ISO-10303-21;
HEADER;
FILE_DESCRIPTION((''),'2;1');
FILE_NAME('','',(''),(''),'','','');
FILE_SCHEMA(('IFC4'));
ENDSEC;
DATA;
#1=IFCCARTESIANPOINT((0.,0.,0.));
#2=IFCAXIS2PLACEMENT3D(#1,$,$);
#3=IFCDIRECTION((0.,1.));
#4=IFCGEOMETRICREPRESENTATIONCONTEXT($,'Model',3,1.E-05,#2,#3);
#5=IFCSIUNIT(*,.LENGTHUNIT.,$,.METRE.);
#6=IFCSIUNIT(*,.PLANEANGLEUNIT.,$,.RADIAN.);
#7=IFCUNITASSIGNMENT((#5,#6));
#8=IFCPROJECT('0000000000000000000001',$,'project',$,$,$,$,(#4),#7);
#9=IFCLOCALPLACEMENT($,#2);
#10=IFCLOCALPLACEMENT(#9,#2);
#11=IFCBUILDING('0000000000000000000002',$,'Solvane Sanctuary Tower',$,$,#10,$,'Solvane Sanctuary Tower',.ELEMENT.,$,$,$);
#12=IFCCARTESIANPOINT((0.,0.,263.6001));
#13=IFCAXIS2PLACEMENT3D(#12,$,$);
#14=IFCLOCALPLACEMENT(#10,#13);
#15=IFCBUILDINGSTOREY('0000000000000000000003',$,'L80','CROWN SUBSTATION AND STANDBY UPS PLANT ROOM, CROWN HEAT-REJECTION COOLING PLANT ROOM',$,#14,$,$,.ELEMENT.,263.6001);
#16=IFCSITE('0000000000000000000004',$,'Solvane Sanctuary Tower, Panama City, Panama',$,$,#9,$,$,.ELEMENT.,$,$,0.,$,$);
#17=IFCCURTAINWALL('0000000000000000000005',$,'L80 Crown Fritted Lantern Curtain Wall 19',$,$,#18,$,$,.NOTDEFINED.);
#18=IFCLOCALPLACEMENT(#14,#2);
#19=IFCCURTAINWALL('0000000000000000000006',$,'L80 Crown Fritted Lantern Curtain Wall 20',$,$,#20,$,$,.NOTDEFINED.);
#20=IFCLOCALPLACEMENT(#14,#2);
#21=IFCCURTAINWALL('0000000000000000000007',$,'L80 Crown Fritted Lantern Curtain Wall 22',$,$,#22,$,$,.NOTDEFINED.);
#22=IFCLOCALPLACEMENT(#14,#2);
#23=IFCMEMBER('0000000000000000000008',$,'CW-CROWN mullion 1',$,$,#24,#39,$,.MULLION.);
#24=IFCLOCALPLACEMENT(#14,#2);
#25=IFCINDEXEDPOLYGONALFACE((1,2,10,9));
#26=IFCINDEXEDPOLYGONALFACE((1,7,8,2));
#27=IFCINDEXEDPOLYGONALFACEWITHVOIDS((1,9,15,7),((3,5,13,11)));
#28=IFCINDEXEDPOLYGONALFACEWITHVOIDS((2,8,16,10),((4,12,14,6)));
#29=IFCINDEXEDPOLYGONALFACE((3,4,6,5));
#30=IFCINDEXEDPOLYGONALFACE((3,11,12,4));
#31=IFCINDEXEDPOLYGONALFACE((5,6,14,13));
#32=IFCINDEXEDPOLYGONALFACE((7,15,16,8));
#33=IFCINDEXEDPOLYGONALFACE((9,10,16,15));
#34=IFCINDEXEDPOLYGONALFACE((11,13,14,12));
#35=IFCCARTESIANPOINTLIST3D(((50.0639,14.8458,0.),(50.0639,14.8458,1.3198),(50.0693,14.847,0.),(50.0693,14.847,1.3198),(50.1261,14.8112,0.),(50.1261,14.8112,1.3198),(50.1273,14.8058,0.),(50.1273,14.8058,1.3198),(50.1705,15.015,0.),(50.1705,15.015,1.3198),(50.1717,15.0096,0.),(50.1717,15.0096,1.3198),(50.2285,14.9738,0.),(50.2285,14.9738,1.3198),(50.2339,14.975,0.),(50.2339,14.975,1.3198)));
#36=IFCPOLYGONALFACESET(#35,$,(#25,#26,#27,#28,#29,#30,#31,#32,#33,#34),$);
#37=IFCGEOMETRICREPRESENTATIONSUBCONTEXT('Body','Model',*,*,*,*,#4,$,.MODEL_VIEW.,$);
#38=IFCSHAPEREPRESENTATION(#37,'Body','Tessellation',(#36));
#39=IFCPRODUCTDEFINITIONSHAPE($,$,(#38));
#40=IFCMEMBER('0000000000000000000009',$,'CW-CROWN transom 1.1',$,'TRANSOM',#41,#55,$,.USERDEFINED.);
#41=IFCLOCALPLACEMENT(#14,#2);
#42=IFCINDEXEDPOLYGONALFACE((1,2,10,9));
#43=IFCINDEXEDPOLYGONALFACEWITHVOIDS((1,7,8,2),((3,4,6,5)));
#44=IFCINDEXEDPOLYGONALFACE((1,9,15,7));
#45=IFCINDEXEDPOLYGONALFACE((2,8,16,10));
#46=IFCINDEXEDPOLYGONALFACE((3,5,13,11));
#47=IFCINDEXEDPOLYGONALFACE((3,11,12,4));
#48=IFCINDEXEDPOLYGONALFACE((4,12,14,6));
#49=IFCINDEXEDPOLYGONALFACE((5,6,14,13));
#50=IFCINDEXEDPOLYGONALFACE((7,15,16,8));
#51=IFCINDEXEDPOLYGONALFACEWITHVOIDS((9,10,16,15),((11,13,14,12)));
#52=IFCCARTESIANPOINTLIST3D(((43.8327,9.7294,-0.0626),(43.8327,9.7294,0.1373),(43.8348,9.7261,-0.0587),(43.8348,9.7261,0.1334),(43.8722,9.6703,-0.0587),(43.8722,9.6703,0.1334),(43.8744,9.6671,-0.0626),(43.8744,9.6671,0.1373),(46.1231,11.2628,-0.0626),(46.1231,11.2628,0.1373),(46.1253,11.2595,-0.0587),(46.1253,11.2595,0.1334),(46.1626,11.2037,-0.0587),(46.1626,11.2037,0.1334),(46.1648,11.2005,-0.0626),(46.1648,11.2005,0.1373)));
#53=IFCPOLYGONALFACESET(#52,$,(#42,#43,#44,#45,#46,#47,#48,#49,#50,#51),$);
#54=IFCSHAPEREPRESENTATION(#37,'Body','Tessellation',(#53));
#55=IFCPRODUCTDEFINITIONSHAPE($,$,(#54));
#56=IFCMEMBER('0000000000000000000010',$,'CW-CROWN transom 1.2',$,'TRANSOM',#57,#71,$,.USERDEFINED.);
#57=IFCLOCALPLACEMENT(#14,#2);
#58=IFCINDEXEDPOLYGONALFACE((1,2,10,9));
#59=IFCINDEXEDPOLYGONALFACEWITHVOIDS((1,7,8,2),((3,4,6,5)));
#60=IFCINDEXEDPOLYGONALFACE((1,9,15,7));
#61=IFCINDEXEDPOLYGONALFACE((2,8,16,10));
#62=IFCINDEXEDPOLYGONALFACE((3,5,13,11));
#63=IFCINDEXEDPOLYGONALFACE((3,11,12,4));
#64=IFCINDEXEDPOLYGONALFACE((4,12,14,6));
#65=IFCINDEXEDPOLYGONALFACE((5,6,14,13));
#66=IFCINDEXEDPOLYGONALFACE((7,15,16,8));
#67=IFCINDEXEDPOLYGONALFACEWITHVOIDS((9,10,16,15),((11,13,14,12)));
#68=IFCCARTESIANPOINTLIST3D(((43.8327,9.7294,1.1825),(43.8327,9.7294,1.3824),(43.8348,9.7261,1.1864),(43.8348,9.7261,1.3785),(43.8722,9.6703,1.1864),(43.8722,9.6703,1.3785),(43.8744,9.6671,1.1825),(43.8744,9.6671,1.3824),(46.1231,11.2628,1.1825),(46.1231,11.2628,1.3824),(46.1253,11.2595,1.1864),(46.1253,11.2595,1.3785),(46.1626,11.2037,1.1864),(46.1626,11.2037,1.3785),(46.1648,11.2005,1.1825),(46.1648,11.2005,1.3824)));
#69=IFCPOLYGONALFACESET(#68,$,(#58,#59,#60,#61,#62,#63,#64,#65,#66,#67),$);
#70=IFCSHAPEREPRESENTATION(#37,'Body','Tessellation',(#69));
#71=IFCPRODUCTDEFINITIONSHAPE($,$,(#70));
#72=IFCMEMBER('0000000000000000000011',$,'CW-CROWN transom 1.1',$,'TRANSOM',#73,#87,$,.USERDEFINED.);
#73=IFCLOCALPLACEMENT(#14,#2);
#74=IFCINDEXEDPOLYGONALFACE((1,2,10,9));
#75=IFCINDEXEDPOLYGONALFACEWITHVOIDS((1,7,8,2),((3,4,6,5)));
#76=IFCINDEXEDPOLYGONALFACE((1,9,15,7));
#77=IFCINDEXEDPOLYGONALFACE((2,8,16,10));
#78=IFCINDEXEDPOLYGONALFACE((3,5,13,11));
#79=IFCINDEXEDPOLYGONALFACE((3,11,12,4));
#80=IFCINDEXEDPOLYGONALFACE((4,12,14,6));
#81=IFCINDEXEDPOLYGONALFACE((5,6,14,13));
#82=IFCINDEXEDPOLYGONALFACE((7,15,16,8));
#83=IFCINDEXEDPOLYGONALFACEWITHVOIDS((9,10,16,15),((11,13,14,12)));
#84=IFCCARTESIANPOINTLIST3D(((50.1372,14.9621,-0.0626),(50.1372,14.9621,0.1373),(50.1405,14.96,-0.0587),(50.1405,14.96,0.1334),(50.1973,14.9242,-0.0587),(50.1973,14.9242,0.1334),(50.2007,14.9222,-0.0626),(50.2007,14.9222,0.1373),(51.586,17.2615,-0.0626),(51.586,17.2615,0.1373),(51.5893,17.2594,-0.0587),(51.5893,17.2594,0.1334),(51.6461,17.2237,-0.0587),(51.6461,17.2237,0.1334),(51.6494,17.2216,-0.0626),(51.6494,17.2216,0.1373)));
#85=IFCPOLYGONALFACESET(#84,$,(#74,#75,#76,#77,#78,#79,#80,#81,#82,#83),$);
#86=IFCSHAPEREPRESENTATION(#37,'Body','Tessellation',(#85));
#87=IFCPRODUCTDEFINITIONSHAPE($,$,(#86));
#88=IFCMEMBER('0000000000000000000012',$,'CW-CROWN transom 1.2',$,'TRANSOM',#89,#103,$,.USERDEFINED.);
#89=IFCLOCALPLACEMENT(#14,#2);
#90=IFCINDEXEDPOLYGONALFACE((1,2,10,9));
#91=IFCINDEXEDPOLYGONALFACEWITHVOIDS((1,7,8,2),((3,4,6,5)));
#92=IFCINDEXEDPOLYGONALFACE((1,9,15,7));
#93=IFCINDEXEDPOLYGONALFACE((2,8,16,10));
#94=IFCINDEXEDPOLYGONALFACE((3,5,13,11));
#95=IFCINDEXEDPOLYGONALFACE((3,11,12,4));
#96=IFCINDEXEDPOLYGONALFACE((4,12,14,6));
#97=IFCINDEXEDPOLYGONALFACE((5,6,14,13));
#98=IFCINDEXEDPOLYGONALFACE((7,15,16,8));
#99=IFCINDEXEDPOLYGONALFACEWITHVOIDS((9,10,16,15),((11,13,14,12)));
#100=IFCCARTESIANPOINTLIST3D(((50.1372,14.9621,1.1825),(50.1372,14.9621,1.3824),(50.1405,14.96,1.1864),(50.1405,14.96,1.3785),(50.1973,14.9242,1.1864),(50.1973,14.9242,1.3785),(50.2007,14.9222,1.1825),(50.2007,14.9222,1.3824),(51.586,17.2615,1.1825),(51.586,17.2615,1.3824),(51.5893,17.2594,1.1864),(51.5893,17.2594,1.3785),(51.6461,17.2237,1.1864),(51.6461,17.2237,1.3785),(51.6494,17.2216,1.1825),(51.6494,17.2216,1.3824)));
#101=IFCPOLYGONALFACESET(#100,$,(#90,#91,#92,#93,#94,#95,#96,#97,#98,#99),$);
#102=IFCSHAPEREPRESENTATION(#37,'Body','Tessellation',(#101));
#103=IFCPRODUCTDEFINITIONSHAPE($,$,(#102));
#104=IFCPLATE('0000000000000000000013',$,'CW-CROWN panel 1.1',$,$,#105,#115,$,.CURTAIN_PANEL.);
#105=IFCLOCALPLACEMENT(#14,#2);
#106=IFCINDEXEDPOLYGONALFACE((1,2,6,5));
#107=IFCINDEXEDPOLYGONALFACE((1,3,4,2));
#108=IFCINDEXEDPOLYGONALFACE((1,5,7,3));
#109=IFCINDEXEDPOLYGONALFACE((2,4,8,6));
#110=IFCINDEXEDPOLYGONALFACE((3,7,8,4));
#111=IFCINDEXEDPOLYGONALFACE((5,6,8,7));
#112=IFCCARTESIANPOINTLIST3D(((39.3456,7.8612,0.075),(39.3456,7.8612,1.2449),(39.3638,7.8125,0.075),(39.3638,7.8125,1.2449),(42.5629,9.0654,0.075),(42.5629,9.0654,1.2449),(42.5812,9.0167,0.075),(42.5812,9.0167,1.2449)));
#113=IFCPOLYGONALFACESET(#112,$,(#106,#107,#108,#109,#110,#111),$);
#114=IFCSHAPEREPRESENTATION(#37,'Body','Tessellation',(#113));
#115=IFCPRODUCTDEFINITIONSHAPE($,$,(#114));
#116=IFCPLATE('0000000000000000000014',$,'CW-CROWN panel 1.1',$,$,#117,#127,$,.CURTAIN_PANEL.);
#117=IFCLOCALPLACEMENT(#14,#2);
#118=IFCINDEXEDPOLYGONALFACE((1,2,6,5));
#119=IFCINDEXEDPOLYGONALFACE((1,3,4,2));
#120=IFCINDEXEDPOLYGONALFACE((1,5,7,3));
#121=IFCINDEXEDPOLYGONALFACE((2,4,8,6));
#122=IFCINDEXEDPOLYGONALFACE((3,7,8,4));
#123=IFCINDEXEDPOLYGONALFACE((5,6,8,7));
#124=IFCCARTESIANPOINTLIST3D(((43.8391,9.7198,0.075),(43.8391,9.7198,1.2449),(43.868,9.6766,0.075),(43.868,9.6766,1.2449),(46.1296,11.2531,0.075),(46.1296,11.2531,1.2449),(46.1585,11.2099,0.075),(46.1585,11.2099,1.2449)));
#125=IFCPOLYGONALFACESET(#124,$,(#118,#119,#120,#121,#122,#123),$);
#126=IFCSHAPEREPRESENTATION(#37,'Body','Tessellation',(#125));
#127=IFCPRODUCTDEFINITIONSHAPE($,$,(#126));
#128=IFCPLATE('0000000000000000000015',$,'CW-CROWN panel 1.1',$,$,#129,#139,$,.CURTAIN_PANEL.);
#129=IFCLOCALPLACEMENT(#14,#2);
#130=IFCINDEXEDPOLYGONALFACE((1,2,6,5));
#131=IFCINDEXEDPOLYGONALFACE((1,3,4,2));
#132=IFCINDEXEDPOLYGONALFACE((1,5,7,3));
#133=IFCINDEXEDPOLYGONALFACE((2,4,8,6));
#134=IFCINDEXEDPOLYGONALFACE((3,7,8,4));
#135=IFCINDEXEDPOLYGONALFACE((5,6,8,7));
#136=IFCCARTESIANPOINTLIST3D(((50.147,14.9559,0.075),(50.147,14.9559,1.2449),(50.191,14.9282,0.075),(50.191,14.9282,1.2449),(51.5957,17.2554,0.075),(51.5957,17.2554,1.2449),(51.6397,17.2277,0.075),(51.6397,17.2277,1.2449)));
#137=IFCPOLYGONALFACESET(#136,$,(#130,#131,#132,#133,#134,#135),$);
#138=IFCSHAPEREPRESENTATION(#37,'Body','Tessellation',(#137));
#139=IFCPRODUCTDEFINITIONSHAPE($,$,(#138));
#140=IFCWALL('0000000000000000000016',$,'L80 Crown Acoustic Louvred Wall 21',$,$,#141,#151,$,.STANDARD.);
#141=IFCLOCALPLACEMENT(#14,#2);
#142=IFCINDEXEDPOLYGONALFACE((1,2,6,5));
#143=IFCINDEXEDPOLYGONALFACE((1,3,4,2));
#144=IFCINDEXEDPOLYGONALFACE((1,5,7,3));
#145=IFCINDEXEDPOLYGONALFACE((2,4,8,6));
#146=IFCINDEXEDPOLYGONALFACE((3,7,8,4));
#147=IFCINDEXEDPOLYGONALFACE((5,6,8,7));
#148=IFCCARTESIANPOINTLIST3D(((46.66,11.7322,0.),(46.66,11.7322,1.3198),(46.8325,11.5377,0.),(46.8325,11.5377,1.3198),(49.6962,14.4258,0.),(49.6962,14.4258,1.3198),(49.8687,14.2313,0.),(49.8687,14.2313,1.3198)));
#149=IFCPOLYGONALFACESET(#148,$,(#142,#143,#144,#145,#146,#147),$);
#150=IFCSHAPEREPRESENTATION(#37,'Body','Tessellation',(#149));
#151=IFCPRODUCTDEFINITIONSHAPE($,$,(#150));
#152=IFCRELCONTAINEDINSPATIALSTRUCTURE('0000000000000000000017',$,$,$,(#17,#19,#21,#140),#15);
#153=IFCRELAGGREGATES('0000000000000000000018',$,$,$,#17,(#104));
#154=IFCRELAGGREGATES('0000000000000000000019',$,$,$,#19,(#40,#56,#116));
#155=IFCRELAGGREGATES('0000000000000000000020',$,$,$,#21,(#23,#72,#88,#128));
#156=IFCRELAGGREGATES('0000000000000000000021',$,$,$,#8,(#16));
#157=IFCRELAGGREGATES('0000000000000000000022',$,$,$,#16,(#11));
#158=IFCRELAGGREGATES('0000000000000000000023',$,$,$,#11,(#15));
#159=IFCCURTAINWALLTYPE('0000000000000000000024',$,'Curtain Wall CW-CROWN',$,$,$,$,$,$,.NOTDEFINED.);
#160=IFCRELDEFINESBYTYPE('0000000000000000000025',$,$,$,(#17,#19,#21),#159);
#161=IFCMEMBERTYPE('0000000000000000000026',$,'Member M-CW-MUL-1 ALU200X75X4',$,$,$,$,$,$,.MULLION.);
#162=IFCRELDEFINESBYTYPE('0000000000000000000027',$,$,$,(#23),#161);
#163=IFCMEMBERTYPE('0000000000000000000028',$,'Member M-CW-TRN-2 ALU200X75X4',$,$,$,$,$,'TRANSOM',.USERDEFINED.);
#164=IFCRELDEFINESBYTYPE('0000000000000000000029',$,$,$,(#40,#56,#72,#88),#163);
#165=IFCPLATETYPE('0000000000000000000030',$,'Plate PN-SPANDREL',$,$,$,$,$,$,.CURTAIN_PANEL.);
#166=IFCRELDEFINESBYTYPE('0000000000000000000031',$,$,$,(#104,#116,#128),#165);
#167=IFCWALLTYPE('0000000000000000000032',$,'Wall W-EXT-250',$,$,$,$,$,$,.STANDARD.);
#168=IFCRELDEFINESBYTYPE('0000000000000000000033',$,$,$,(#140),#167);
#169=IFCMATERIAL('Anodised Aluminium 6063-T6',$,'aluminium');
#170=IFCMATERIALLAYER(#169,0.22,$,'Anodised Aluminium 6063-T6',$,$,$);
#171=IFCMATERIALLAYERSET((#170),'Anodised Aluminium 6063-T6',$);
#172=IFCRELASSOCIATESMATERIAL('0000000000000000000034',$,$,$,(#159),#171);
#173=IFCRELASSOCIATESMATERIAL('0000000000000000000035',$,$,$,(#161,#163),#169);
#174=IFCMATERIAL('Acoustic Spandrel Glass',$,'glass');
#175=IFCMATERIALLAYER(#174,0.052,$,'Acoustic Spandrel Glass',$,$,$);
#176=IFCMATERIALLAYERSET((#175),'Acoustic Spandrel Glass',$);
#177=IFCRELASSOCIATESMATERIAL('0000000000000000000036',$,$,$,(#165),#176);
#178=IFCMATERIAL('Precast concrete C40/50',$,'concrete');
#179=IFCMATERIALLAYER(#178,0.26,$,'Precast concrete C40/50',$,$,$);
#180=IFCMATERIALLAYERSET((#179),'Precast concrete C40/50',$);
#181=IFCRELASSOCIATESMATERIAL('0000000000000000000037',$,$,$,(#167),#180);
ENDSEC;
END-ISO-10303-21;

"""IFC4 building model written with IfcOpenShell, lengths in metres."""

from ifc_helpers import new_model, si_unit, direction, frame, frame_2d, origin, origin_2d, place, context, subcontext, project, spatial, rectangle, hollow_rectangle, extrude, material, layer, layer_set, material_profile, profile_set, type_object, element, aggregate, save


model = new_model("IFC4")

# Units and contexts
model_context = context("Model", 3, precision=1e-05, world=origin(), true_north=direction((0.0, 1.0)))
body_context = subcontext(model_context, "Body", "Model", "MODEL_VIEW")
ifc_project = project(units=[si_unit("LENGTHUNIT", "METRE"), si_unit("PLANEANGLEUNIT", "RADIAN")], contexts=[model_context])

# Site, building, storey
site_placement = place(None, origin())
site = spatial("IfcSite", under=ifc_project, at=site_placement, Name="Solvane Sanctuary Tower, Panama City, Panama", CompositionType="ELEMENT", RefElevation=0.0)
building_placement = place(site_placement, origin())
building = spatial("IfcBuilding", under=site, at=building_placement, Name="Solvane Sanctuary Tower", LongName="Solvane Sanctuary Tower", CompositionType="ELEMENT")
storey_placement = place(building_placement, frame((0.0, 0.0, 263.6001)))
storey = spatial("IfcBuildingStorey", under=building, at=storey_placement, Name="L80", Description="CROWN SUBSTATION AND STANDBY UPS PLANT ROOM, CROWN HEAT-REJECTION COOLING PLANT ROOM", CompositionType="ELEMENT", Elevation=263.6001)

# Curtain wall
ifc_material_1 = material(Name="Anodised Aluminium 6063-T6", Category="aluminium")
ifc_layer_1 = layer(ifc_material_1, 0.22, Name="Anodised Aluminium 6063-T6")
ifc_layer_set_1 = layer_set([ifc_layer_1], Name="Anodised Aluminium 6063-T6")
curtain_wall_type = type_object("IfcCurtainWallType", Name="Curtain Wall CW-CROWN", PredefinedType="NOTDEFINED", material=ifc_layer_set_1)
curtain_wall_1_placement = place(storey_placement, origin())
curtain_wall_1 = element("IfcCurtainWall", 1, at=curtain_wall_1_placement, inside=storey, type_object=curtain_wall_type, Name="L80 Crown Fritted Lantern Curtain Wall 19", PredefinedType="NOTDEFINED")
ifc_material_profile_1 = material_profile(ifc_material_1, hollow_rectangle(XDim=0.075, YDim=0.2, WallThickness=0.0039, at=origin_2d()), Name="ALU200X75X4")
ifc_profile_set_1 = profile_set([ifc_material_profile_1], Name="Anodised Aluminium 6063-T6")
member_type_1 = type_object("IfcMemberType", Name="Member M-CW-MUL-1 ALU200X75X4", PredefinedType="MULLION", material=ifc_profile_set_1)

# Curtain wall
curtain_wall_2_placement = place(storey_placement, origin())
curtain_wall_2 = element("IfcCurtainWall", 2, at=curtain_wall_2_placement, inside=storey, type_object=curtain_wall_type, Name="L80 Crown Fritted Lantern Curtain Wall 20", PredefinedType="NOTDEFINED")

# Curtain wall, member
curtain_wall_3_placement = place(storey_placement, origin())
curtain_wall_3 = element("IfcCurtainWall", 3, at=curtain_wall_3_placement, inside=storey, type_object=curtain_wall_type, Name="L80 Crown Fritted Lantern Curtain Wall 22", PredefinedType="NOTDEFINED")
member_1_placement = place(storey_placement, frame((50.1489, 14.9104, 0.0), z_axis=(0.0, 0.0, 1.0), x_axis=(-0.846087, 0.533045, 0.0)))
member_1 = element("IfcMember", 4, at=member_1_placement, type_object=member_type_1, Name="CW-CROWN mullion 1", PredefinedType="MULLION", context=body_context, shape_type="SweptSolid", body=[
    extrude(hollow_rectangle(XDim=0.075, YDim=0.2, WallThickness=0.0039, at=origin_2d()), origin(), (0.0, 0.0, 1.0), 1.3198),
])

# Members
ifc_material_profile_2 = material_profile(ifc_material_1, hollow_rectangle(XDim=0.075, YDim=0.2, WallThickness=0.0039, at=origin_2d()), Name="ALU200X75X4")
ifc_profile_set_2 = profile_set([ifc_material_profile_2], Name="Anodised Aluminium 6063-T6")
member_type_2 = type_object("IfcMemberType", Name="Member M-CW-TRN-2 ALU200X75X4", ElementType="TRANSOM", PredefinedType="USERDEFINED", material=ifc_profile_set_2)
member_2_placement = place(storey_placement, frame((43.8535, 9.6982, 0.0374), z_axis=(0.830972, 0.556314, 0.0), x_axis=(-0.556314, 0.830972, 0.0)))
member_2 = element("IfcMember", 5, at=member_2_placement, type_object=member_type_2, Name="CW-CROWN transom 1.1", ObjectType="TRANSOM", PredefinedType="USERDEFINED", context=body_context, shape_type="SweptSolid", body=[
    extrude(hollow_rectangle(XDim=0.075, YDim=0.2, WallThickness=0.0039, at=origin_2d()), origin(), (0.0, 0.0, 1.0), 2.7563),
])
member_3_placement = place(storey_placement, frame((43.8535, 9.6982, 1.2825), z_axis=(0.830972, 0.556314, 0.0), x_axis=(-0.556314, 0.830972, 0.0)))
member_3 = element("IfcMember", 6, at=member_3_placement, type_object=member_type_2, Name="CW-CROWN transom 1.2", ObjectType="TRANSOM", PredefinedType="USERDEFINED", context=body_context, shape_type="SweptSolid", body=[
    extrude(hollow_rectangle(XDim=0.075, YDim=0.2, WallThickness=0.0039, at=origin_2d()), origin(), (0.0, 0.0, 1.0), 2.7563),
])
member_4_placement = place(storey_placement, frame((50.1689, 14.9421, 0.0374), z_axis=(0.53308, 0.846065, 0.0), x_axis=(-0.846065, 0.53308, 0.0)))
member_4 = element("IfcMember", 7, at=member_4_placement, type_object=member_type_2, Name="CW-CROWN transom 1.1", ObjectType="TRANSOM", PredefinedType="USERDEFINED", context=body_context, shape_type="SweptSolid", body=[
    extrude(hollow_rectangle(XDim=0.075, YDim=0.2, WallThickness=0.0039, at=origin_2d()), origin(), (0.0, 0.0, 1.0), 2.7178),
])
member_5_placement = place(storey_placement, frame((50.1689, 14.9421, 1.2825), z_axis=(0.53308, 0.846065, 0.0), x_axis=(-0.846065, 0.53308, 0.0)))
member_5 = element("IfcMember", 8, at=member_5_placement, type_object=member_type_2, Name="CW-CROWN transom 1.2", ObjectType="TRANSOM", PredefinedType="USERDEFINED", context=body_context, shape_type="SweptSolid", body=[
    extrude(hollow_rectangle(XDim=0.075, YDim=0.2, WallThickness=0.0039, at=origin_2d()), origin(), (0.0, 0.0, 1.0), 2.7178),
])

# Plates
ifc_material_2 = material(Name="Acoustic Spandrel Glass", Category="glass")
ifc_layer_2 = layer(ifc_material_2, 0.052, Name="Acoustic Spandrel Glass")
ifc_layer_set_2 = layer_set([ifc_layer_2], Name="Acoustic Spandrel Glass")
plate_type = type_object("IfcPlateType", Name="Plate PN-SPANDREL", PredefinedType="CURTAIN_PANEL", material=ifc_layer_set_2)
plate_1_placement = place(storey_placement, frame((40.9634, 8.439, 0.075), z_axis=(0.0, 0.0, 1.0), x_axis=(0.936556, 0.350518, 0.0)))
plate_1 = element("IfcPlate", 9, at=plate_1_placement, type_object=plate_type, Name="CW-CROWN panel 1.1", PredefinedType="CURTAIN_PANEL", context=body_context, shape_type="SweptSolid", body=[
    extrude(rectangle(XDim=3.4353, YDim=0.052, at=origin_2d()), origin(), (0.0, 0.0, 1.0), 1.1699),
])
aggregate(curtain_wall_1, [plate_1])
plate_2_placement = place(storey_placement, frame((44.9988, 10.4648, 0.075), z_axis=(0.0, 0.0, 1.0), x_axis=(0.830995, 0.556279, 0.0)))
plate_2 = element("IfcPlate", 10, at=plate_2_placement, type_object=plate_type, Name="CW-CROWN panel 1.1", PredefinedType="CURTAIN_PANEL", context=body_context, shape_type="SweptSolid", body=[
    extrude(rectangle(XDim=2.7563, YDim=0.052, at=origin_2d()), origin(), (0.0, 0.0, 1.0), 1.1699),
])
aggregate(curtain_wall_2, [member_2, member_3, plate_2])
plate_3_placement = place(storey_placement, frame((50.8933, 16.0918, 0.075), z_axis=(0.0, 0.0, 1.0), x_axis=(0.533045, 0.846087, 0.0)))
plate_3 = element("IfcPlate", 11, at=plate_3_placement, type_object=plate_type, Name="CW-CROWN panel 1.1", PredefinedType="CURTAIN_PANEL", context=body_context, shape_type="SweptSolid", body=[
    extrude(rectangle(XDim=2.7178, YDim=0.052, at=origin_2d()), origin(), (0.0, 0.0, 1.0), 1.1699),
])
aggregate(curtain_wall_3, [member_1, member_4, member_5, plate_3])

# Wall
ifc_material_3 = material(Name="Precast concrete C40/50", Category="concrete")
ifc_layer_3 = layer(ifc_material_3, 0.26, Name="Precast concrete C40/50")
ifc_layer_set_3 = layer_set([ifc_layer_3], Name="Precast concrete C40/50")
wall_type = type_object("IfcWallType", Name="Wall W-EXT-250", PredefinedType="STANDARD", material=ifc_layer_set_3)
wall_placement = place(storey_placement, frame((46.7463, 11.635, 0.0), z_axis=(0.0, 0.0, 1.0), x_axis=(0.748043, 0.66365, 0.0)))
element("IfcWall", 12, at=wall_placement, inside=storey, type_object=wall_type, Name="L80 Crown Acoustic Louvred Wall 21", PredefinedType="STANDARD", context=body_context, shape_type="SweptSolid", body=[
    extrude(rectangle(XDim=4.0588, YDim=0.26, at=frame_2d((2.0293, 0.0))), origin(), (0.0, 0.0, 1.0), 1.3198),
])

save(model, "model.ifc")
